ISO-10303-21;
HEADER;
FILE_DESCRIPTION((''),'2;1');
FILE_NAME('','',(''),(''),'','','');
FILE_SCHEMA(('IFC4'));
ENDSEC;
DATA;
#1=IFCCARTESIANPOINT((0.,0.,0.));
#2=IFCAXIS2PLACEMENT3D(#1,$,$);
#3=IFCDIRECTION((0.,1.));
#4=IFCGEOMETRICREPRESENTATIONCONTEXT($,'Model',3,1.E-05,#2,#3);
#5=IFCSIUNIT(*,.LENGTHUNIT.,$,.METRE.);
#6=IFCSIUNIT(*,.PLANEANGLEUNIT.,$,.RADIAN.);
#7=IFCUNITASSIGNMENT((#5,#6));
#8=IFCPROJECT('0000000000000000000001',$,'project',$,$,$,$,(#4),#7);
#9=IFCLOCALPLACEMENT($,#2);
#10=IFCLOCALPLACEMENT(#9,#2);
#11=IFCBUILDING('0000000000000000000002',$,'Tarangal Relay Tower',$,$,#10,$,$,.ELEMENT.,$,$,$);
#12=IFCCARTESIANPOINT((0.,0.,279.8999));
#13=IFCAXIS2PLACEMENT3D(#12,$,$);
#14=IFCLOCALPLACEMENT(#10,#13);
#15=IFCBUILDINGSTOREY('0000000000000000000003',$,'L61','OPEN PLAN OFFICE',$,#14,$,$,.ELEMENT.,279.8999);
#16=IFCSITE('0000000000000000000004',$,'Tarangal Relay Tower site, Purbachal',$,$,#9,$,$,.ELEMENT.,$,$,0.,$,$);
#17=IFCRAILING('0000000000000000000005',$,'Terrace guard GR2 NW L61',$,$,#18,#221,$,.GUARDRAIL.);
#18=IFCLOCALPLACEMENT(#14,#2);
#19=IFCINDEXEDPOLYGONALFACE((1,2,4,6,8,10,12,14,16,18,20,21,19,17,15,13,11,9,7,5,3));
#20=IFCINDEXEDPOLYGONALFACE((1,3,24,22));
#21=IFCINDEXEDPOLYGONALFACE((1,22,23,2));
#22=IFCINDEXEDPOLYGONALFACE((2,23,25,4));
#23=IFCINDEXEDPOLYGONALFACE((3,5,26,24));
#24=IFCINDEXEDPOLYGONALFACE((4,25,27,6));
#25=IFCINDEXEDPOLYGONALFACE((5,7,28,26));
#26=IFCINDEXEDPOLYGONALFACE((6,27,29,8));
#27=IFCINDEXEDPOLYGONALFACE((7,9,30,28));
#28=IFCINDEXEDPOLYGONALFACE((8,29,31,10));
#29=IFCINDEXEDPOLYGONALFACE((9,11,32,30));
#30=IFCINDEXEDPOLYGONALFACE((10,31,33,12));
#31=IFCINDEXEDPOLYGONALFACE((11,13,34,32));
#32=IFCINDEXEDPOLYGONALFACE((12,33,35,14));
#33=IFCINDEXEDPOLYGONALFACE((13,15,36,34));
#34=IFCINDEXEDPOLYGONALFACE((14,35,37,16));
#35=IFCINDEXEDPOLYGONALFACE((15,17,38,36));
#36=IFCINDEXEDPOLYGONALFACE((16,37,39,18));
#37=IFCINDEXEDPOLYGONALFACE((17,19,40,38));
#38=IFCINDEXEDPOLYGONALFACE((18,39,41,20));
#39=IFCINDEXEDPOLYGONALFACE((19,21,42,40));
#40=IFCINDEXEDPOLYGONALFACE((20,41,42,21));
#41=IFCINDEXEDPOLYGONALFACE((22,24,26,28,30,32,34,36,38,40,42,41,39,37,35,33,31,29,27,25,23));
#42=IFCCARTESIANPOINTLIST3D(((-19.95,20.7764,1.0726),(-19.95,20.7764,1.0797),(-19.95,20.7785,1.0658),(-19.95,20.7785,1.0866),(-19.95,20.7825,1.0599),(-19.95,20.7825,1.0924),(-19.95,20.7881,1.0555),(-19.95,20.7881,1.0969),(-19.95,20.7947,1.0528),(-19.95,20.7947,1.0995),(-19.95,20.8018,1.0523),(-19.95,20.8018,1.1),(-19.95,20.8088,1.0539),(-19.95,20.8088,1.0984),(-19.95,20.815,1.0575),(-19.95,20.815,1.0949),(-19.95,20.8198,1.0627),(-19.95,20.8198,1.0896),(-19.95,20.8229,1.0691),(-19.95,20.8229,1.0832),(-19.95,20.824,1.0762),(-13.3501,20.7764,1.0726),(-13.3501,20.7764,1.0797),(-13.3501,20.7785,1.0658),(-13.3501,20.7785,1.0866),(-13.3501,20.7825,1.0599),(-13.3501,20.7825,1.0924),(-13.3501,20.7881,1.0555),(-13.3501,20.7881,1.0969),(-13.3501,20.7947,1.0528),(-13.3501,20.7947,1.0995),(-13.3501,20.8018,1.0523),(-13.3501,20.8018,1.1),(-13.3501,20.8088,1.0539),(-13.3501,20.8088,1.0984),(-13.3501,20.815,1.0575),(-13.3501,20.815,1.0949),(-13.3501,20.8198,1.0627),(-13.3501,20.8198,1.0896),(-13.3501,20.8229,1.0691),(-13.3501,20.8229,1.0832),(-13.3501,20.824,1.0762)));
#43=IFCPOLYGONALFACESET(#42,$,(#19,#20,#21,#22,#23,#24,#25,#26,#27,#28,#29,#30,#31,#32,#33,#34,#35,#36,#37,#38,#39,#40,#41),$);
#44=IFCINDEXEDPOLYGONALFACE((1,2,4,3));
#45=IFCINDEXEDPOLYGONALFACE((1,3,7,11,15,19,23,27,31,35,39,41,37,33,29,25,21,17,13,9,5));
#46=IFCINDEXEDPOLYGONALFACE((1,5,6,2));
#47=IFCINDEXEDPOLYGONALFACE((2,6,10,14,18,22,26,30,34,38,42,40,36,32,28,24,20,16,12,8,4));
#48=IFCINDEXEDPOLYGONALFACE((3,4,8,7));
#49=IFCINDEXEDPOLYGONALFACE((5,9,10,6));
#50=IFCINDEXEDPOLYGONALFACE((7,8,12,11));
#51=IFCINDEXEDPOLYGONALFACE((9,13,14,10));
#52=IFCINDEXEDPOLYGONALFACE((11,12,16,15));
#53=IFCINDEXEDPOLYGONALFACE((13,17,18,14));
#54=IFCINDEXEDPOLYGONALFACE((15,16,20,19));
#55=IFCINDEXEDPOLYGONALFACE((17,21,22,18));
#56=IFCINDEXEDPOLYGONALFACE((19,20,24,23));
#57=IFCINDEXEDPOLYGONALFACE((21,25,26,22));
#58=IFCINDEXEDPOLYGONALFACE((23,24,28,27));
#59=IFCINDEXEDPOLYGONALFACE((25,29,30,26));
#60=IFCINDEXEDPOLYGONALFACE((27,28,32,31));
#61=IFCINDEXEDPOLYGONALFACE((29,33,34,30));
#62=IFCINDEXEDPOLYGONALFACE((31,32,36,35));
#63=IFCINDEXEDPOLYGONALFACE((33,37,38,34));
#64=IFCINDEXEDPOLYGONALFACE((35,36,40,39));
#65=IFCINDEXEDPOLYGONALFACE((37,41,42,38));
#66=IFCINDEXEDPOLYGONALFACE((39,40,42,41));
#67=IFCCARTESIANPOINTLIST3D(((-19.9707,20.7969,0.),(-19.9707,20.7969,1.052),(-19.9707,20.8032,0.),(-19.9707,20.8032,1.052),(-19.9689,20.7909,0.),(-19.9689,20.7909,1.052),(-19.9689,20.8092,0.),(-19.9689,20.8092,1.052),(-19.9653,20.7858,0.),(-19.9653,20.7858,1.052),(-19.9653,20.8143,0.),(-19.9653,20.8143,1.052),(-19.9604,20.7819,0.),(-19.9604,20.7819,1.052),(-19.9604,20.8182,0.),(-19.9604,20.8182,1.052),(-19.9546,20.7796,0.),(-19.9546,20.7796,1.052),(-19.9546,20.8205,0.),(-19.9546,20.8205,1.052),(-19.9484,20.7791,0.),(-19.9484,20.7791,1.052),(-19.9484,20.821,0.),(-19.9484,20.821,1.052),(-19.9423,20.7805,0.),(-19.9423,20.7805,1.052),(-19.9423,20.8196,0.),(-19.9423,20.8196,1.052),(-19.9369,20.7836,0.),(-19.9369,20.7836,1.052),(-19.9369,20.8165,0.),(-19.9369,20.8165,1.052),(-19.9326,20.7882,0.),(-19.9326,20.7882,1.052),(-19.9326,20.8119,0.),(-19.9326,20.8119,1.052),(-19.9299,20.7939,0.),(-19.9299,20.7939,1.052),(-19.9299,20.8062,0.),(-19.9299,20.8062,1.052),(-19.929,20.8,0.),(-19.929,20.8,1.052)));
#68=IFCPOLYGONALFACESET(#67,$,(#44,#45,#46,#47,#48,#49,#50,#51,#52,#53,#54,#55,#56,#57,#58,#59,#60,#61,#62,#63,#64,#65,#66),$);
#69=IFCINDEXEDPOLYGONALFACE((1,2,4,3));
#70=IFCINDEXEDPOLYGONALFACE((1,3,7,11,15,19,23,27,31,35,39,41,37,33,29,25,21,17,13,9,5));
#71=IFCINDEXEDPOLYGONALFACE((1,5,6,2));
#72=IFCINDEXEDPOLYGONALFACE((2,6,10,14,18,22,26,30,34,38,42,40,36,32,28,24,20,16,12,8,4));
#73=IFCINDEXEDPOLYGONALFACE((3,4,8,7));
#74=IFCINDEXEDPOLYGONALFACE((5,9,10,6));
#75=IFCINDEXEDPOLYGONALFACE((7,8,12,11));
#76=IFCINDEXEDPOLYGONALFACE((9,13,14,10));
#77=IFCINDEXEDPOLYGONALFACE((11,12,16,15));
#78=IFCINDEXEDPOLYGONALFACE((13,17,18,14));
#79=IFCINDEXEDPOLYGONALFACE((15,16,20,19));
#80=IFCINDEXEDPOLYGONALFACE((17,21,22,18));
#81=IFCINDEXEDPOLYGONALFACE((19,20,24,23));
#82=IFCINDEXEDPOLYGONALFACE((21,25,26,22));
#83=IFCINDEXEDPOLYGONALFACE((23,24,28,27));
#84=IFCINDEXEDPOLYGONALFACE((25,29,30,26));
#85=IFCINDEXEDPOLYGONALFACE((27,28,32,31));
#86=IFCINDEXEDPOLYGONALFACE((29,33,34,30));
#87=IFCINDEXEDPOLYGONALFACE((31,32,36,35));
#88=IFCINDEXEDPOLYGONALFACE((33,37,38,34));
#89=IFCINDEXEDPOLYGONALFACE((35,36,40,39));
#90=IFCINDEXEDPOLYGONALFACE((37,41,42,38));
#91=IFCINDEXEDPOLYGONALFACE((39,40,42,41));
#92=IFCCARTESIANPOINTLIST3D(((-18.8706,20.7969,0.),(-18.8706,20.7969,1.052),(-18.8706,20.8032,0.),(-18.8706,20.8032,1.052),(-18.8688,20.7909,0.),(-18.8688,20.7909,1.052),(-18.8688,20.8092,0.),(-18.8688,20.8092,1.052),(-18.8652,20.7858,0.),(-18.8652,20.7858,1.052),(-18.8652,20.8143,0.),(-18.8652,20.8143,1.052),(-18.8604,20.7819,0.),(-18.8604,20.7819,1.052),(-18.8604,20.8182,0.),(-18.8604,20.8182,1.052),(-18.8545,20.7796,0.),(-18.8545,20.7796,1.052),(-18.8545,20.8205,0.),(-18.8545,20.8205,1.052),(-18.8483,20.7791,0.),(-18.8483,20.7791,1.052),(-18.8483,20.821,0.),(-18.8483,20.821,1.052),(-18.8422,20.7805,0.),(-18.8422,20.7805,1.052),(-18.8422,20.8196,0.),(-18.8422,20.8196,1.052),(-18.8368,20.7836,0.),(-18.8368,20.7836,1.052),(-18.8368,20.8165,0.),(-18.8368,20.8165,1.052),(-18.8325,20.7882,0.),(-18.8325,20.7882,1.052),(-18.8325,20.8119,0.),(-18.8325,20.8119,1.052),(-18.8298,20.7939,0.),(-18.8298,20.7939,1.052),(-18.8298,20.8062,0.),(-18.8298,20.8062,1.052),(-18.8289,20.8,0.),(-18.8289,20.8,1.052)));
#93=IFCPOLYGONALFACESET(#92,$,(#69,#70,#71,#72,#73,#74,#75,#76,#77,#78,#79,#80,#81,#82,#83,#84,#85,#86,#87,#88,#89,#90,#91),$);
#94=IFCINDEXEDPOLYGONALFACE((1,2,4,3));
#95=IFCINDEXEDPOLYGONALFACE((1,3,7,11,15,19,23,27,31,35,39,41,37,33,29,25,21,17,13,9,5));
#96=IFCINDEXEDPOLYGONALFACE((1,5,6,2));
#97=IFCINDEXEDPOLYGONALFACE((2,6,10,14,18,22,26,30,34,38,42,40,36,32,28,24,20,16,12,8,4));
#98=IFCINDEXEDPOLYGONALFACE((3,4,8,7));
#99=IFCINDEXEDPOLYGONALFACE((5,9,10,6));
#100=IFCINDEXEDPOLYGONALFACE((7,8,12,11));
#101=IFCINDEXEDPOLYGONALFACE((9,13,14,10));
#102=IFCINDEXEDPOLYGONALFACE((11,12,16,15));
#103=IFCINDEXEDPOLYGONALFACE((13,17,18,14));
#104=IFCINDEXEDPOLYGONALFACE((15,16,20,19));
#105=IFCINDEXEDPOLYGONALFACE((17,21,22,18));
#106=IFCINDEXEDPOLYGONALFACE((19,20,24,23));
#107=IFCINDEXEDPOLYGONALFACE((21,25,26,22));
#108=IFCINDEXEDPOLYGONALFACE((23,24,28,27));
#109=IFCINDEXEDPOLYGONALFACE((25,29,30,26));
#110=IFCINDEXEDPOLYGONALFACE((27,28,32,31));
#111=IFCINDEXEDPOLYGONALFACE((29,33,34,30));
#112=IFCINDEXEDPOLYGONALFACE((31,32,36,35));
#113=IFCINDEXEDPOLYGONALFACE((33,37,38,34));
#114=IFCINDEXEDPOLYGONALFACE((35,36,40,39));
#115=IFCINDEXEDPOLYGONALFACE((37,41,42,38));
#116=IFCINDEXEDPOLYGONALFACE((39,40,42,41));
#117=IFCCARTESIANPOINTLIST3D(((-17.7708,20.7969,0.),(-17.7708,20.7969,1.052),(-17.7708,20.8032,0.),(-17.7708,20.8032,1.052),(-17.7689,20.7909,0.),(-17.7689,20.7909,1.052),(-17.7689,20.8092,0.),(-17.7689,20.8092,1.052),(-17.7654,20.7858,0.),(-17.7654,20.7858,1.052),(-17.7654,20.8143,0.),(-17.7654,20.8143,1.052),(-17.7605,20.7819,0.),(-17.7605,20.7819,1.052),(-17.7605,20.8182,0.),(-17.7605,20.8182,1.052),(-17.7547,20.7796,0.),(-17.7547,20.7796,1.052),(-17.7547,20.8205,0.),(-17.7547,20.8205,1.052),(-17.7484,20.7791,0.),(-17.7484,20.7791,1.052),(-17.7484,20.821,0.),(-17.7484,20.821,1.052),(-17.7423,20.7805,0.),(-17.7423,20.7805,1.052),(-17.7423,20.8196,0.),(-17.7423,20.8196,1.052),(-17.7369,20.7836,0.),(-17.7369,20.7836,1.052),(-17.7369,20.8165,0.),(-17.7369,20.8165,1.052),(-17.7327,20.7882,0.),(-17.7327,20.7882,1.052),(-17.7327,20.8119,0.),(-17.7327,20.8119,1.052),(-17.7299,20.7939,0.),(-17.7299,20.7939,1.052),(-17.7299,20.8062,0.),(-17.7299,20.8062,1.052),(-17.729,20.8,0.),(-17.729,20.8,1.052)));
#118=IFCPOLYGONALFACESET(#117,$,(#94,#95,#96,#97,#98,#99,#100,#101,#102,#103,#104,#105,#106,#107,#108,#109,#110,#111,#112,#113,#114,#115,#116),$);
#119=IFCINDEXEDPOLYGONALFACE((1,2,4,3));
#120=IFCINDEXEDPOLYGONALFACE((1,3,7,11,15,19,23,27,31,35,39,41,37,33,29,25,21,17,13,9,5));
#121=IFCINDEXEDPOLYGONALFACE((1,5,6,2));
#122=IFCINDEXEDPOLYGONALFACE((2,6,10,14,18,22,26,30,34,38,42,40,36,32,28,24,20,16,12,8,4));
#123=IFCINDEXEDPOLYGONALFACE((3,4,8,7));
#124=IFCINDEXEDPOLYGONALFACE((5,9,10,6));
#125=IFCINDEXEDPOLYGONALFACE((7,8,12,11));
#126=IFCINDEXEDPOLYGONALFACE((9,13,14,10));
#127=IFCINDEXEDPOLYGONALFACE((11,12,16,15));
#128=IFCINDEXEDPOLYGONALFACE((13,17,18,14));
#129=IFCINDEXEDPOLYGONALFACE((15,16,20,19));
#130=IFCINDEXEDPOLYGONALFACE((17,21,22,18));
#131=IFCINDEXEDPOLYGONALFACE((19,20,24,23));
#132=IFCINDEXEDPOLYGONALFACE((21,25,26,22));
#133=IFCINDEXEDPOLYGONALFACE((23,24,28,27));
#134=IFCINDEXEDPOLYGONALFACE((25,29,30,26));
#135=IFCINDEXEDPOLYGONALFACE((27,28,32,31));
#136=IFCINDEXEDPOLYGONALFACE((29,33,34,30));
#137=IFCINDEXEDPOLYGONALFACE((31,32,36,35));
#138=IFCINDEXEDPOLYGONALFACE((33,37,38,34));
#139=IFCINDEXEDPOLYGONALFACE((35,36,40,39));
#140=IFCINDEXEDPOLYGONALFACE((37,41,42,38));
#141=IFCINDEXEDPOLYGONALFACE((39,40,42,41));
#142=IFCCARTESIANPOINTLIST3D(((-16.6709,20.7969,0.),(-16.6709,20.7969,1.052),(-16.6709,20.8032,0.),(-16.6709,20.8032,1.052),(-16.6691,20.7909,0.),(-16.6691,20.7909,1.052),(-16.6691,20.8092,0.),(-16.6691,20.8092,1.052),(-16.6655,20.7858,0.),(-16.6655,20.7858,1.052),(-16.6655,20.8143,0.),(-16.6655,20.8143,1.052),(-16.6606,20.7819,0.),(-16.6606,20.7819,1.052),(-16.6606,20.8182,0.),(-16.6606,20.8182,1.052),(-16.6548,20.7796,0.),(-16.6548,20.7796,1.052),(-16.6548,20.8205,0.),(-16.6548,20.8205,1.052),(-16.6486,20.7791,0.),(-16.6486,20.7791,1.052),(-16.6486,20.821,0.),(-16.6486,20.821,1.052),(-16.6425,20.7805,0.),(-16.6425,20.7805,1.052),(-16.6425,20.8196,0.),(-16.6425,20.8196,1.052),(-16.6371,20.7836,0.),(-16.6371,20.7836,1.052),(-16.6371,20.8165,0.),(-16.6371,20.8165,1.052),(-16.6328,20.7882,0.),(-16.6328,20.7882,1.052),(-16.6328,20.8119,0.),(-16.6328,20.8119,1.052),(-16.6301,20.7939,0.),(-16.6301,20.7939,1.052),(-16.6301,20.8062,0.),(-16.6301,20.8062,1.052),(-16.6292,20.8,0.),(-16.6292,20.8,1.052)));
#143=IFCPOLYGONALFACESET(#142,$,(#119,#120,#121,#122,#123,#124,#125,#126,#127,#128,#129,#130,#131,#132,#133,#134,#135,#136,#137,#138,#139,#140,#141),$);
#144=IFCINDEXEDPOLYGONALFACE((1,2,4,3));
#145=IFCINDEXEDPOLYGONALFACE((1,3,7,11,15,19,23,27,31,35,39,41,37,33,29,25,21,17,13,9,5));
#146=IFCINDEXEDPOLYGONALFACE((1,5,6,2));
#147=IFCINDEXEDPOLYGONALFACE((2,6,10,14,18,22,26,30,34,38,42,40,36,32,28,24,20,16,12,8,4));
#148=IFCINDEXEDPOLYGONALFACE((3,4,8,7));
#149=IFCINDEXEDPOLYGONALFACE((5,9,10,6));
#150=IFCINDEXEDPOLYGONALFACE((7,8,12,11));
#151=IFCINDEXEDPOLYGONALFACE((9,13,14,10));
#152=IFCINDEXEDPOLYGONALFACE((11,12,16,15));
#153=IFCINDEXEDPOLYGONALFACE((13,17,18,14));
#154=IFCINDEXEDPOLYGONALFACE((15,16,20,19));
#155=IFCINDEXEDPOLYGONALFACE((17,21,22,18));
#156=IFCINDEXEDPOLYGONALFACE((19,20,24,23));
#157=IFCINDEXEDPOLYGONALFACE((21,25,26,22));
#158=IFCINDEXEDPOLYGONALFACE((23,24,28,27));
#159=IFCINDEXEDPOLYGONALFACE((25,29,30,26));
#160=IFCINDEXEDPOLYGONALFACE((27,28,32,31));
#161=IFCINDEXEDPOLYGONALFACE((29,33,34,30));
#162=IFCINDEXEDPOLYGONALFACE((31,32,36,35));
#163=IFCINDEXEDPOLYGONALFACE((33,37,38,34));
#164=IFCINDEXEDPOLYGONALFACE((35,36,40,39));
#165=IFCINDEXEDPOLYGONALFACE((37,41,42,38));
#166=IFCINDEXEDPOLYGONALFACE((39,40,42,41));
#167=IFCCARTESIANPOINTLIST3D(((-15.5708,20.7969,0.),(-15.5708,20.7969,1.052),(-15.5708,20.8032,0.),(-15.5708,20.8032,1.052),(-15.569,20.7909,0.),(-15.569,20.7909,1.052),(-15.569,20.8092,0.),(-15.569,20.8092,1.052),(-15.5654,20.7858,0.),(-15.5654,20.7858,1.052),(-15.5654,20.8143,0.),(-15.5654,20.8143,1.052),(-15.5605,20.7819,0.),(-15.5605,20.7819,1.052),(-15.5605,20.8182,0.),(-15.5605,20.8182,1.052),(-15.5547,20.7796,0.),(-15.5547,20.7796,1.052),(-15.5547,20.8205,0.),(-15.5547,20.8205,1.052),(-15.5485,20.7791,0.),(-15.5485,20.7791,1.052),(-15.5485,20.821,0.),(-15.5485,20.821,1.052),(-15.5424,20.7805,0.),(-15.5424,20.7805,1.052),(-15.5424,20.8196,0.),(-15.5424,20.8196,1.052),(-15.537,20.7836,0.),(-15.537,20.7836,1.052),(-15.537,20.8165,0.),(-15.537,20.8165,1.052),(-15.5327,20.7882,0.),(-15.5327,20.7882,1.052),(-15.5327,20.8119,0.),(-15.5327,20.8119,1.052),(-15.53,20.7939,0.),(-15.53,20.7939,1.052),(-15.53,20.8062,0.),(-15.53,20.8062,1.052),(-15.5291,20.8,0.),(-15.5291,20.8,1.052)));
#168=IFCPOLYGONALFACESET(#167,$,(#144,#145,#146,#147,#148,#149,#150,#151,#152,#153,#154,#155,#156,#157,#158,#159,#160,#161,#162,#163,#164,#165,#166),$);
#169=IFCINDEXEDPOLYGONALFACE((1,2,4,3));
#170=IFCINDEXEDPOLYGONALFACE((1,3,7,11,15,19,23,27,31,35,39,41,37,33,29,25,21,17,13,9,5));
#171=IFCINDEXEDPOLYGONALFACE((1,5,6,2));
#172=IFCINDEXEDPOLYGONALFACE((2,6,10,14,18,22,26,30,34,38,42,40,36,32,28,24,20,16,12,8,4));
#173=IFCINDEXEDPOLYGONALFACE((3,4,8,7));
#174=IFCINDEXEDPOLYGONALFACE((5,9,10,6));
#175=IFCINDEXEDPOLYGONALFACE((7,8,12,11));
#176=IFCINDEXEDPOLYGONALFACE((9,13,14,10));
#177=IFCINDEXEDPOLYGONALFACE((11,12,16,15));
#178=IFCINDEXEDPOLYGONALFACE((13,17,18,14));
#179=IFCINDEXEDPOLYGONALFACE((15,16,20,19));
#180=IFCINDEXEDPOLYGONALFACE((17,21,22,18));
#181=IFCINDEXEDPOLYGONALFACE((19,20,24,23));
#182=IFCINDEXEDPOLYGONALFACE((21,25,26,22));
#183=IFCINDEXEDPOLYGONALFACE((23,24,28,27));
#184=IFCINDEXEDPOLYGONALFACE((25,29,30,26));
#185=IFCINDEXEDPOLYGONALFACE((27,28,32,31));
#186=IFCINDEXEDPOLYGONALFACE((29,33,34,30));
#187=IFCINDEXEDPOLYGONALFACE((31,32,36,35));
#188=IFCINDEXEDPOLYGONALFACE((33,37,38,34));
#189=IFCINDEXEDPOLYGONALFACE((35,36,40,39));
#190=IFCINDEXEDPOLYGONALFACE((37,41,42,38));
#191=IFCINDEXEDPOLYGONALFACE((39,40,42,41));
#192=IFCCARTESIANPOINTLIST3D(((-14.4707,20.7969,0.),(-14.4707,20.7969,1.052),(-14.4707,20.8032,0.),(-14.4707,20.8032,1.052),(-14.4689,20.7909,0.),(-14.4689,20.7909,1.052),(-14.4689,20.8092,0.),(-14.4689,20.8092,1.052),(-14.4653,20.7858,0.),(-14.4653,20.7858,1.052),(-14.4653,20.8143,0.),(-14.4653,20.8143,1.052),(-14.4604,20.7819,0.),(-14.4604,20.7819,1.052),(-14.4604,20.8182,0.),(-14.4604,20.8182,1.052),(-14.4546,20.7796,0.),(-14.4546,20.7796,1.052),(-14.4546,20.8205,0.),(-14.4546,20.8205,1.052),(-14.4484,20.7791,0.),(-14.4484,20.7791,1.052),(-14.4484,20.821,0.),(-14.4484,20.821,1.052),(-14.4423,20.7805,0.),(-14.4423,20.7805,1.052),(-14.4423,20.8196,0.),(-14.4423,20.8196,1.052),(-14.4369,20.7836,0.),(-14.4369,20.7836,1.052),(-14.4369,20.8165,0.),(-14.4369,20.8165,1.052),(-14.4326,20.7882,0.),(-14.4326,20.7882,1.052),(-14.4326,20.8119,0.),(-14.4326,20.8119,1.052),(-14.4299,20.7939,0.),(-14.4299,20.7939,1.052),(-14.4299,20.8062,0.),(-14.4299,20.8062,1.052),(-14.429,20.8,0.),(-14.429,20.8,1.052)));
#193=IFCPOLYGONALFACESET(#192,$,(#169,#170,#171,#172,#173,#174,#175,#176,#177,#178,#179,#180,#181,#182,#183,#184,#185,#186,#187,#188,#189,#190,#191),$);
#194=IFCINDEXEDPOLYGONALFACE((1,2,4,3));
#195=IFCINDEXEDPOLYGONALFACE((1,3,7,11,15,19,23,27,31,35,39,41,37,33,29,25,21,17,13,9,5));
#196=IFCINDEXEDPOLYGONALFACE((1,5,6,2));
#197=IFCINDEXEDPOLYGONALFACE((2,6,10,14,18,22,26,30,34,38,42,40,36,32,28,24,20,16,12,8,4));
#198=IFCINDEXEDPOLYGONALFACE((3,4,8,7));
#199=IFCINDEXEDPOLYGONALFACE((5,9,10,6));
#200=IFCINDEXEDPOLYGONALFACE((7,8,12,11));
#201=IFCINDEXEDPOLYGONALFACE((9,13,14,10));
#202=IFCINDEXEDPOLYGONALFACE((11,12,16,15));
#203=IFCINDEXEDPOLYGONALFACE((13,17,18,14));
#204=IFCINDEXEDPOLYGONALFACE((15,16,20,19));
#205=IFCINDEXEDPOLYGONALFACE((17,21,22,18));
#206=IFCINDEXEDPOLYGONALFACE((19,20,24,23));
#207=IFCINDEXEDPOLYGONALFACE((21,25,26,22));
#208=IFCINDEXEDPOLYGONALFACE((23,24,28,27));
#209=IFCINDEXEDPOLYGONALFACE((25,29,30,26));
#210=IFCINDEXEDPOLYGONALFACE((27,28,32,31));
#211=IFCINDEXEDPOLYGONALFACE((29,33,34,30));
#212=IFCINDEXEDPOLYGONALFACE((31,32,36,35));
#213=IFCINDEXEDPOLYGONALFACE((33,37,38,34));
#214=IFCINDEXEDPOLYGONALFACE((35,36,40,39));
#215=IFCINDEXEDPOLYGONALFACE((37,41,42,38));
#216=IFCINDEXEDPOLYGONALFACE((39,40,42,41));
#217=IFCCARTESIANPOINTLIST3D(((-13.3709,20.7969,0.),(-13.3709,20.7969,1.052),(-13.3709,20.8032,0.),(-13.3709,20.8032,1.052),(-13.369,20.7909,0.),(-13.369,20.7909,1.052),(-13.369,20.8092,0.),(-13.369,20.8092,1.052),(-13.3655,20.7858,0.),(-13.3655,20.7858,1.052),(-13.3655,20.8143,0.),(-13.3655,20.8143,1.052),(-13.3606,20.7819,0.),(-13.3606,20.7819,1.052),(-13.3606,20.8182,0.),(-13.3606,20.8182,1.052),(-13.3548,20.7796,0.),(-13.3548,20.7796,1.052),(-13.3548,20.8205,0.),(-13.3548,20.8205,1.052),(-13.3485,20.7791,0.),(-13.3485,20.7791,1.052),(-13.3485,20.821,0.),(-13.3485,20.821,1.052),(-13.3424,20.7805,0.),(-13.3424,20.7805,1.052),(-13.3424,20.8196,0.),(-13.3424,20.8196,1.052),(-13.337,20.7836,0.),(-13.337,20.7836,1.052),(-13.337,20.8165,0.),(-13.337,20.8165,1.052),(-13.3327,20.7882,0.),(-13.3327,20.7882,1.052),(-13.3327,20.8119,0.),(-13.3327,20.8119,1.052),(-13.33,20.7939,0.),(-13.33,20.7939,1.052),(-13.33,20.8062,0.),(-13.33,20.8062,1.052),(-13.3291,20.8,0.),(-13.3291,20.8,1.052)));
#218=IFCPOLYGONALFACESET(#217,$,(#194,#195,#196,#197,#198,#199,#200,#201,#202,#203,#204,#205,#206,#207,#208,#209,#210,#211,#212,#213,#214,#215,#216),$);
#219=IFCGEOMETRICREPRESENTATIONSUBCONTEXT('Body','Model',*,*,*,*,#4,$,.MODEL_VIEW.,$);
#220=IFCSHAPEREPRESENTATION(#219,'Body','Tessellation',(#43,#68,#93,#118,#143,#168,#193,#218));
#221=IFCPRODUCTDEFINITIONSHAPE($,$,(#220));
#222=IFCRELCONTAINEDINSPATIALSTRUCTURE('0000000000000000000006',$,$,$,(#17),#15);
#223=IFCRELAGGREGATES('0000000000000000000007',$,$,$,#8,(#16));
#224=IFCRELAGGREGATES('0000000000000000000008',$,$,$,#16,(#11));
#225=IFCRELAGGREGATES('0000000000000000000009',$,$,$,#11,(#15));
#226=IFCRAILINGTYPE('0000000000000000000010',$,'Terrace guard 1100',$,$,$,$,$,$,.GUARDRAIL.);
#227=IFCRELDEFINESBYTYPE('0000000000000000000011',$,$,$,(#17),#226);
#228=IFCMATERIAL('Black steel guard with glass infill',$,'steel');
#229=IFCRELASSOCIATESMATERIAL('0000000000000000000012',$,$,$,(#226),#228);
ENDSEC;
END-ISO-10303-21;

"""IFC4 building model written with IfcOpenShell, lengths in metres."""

from ifc_helpers import new_model, si_unit, direction, frame, origin, origin_2d, place, context, subcontext, project, spatial, circle, extrude, material, type_object, element, save


model = new_model("IFC4")

# Units and contexts
model_context = context("Model", 3, precision=1e-05, world=origin(), true_north=direction((0.0, 1.0)))
body_context = subcontext(model_context, "Body", "Model", "MODEL_VIEW")
ifc_project = project(units=[si_unit("LENGTHUNIT", "METRE"), si_unit("PLANEANGLEUNIT", "RADIAN")], contexts=[model_context])

# Site, building, storey
site_placement = place(None, origin())
site = spatial("IfcSite", under=ifc_project, at=site_placement, Name="Tarangal Relay Tower site, Purbachal", CompositionType="ELEMENT", RefElevation=0.0)
building_placement = place(site_placement, origin())
building = spatial("IfcBuilding", under=site, at=building_placement, Name="Tarangal Relay Tower", CompositionType="ELEMENT")
storey_placement = place(building_placement, frame((0.0, 0.0, 279.8999)))
storey = spatial("IfcBuildingStorey", under=building, at=storey_placement, Name="L61", Description="OPEN PLAN OFFICE", CompositionType="ELEMENT", Elevation=279.8999)

# Railing
ifc_material_1 = material(Name="Black steel guard with glass infill", Category="steel")
railing_type = type_object("IfcRailingType", Name="Terrace guard 1100", PredefinedType="GUARDRAIL", material=ifc_material_1)
railing_1_placement = place(storey_placement, frame((-19.95, 20.8, 0.0)))
element("IfcRailing", 1, at=railing_1_placement, inside=storey, type_object=railing_type, Name="Terrace guard GR2 NW L61", PredefinedType="GUARDRAIL", context=body_context, shape_type="SweptSolid", body=[
    extrude(circle(Radius=0.0239, at=origin_2d()), frame((0.0, 0.0, 1.0762), z_axis=(1.0, 0.0, 0.0), x_axis=(0.0, 1.0, 0.0)), (0.0, 0.0, 1.0), 6.5999),
    extrude(circle(Radius=0.021, at=origin_2d()), origin(), (0.0, 0.0, 1.0), 1.052),
    extrude(circle(Radius=0.021, at=origin_2d()), frame((1.1001, 0.0, 0.0)), (0.0, 0.0, 1.0), 1.052),
    extrude(circle(Radius=0.021, at=origin_2d()), frame((2.2, 0.0, 0.0)), (0.0, 0.0, 1.0), 1.052),
    extrude(circle(Radius=0.021, at=origin_2d()), frame((3.2998, 0.0, 0.0)), (0.0, 0.0, 1.0), 1.052),
    extrude(circle(Radius=0.021, at=origin_2d()), frame((4.3999, 0.0, 0.0)), (0.0, 0.0, 1.0), 1.052),
    extrude(circle(Radius=0.021, at=origin_2d()), frame((5.5, 0.0, 0.0)), (0.0, 0.0, 1.0), 1.052),
    extrude(circle(Radius=0.021, at=origin_2d()), frame((6.5999, 0.0, 0.0)), (0.0, 0.0, 1.0), 1.052),
])

save(model, "model.ifc")
